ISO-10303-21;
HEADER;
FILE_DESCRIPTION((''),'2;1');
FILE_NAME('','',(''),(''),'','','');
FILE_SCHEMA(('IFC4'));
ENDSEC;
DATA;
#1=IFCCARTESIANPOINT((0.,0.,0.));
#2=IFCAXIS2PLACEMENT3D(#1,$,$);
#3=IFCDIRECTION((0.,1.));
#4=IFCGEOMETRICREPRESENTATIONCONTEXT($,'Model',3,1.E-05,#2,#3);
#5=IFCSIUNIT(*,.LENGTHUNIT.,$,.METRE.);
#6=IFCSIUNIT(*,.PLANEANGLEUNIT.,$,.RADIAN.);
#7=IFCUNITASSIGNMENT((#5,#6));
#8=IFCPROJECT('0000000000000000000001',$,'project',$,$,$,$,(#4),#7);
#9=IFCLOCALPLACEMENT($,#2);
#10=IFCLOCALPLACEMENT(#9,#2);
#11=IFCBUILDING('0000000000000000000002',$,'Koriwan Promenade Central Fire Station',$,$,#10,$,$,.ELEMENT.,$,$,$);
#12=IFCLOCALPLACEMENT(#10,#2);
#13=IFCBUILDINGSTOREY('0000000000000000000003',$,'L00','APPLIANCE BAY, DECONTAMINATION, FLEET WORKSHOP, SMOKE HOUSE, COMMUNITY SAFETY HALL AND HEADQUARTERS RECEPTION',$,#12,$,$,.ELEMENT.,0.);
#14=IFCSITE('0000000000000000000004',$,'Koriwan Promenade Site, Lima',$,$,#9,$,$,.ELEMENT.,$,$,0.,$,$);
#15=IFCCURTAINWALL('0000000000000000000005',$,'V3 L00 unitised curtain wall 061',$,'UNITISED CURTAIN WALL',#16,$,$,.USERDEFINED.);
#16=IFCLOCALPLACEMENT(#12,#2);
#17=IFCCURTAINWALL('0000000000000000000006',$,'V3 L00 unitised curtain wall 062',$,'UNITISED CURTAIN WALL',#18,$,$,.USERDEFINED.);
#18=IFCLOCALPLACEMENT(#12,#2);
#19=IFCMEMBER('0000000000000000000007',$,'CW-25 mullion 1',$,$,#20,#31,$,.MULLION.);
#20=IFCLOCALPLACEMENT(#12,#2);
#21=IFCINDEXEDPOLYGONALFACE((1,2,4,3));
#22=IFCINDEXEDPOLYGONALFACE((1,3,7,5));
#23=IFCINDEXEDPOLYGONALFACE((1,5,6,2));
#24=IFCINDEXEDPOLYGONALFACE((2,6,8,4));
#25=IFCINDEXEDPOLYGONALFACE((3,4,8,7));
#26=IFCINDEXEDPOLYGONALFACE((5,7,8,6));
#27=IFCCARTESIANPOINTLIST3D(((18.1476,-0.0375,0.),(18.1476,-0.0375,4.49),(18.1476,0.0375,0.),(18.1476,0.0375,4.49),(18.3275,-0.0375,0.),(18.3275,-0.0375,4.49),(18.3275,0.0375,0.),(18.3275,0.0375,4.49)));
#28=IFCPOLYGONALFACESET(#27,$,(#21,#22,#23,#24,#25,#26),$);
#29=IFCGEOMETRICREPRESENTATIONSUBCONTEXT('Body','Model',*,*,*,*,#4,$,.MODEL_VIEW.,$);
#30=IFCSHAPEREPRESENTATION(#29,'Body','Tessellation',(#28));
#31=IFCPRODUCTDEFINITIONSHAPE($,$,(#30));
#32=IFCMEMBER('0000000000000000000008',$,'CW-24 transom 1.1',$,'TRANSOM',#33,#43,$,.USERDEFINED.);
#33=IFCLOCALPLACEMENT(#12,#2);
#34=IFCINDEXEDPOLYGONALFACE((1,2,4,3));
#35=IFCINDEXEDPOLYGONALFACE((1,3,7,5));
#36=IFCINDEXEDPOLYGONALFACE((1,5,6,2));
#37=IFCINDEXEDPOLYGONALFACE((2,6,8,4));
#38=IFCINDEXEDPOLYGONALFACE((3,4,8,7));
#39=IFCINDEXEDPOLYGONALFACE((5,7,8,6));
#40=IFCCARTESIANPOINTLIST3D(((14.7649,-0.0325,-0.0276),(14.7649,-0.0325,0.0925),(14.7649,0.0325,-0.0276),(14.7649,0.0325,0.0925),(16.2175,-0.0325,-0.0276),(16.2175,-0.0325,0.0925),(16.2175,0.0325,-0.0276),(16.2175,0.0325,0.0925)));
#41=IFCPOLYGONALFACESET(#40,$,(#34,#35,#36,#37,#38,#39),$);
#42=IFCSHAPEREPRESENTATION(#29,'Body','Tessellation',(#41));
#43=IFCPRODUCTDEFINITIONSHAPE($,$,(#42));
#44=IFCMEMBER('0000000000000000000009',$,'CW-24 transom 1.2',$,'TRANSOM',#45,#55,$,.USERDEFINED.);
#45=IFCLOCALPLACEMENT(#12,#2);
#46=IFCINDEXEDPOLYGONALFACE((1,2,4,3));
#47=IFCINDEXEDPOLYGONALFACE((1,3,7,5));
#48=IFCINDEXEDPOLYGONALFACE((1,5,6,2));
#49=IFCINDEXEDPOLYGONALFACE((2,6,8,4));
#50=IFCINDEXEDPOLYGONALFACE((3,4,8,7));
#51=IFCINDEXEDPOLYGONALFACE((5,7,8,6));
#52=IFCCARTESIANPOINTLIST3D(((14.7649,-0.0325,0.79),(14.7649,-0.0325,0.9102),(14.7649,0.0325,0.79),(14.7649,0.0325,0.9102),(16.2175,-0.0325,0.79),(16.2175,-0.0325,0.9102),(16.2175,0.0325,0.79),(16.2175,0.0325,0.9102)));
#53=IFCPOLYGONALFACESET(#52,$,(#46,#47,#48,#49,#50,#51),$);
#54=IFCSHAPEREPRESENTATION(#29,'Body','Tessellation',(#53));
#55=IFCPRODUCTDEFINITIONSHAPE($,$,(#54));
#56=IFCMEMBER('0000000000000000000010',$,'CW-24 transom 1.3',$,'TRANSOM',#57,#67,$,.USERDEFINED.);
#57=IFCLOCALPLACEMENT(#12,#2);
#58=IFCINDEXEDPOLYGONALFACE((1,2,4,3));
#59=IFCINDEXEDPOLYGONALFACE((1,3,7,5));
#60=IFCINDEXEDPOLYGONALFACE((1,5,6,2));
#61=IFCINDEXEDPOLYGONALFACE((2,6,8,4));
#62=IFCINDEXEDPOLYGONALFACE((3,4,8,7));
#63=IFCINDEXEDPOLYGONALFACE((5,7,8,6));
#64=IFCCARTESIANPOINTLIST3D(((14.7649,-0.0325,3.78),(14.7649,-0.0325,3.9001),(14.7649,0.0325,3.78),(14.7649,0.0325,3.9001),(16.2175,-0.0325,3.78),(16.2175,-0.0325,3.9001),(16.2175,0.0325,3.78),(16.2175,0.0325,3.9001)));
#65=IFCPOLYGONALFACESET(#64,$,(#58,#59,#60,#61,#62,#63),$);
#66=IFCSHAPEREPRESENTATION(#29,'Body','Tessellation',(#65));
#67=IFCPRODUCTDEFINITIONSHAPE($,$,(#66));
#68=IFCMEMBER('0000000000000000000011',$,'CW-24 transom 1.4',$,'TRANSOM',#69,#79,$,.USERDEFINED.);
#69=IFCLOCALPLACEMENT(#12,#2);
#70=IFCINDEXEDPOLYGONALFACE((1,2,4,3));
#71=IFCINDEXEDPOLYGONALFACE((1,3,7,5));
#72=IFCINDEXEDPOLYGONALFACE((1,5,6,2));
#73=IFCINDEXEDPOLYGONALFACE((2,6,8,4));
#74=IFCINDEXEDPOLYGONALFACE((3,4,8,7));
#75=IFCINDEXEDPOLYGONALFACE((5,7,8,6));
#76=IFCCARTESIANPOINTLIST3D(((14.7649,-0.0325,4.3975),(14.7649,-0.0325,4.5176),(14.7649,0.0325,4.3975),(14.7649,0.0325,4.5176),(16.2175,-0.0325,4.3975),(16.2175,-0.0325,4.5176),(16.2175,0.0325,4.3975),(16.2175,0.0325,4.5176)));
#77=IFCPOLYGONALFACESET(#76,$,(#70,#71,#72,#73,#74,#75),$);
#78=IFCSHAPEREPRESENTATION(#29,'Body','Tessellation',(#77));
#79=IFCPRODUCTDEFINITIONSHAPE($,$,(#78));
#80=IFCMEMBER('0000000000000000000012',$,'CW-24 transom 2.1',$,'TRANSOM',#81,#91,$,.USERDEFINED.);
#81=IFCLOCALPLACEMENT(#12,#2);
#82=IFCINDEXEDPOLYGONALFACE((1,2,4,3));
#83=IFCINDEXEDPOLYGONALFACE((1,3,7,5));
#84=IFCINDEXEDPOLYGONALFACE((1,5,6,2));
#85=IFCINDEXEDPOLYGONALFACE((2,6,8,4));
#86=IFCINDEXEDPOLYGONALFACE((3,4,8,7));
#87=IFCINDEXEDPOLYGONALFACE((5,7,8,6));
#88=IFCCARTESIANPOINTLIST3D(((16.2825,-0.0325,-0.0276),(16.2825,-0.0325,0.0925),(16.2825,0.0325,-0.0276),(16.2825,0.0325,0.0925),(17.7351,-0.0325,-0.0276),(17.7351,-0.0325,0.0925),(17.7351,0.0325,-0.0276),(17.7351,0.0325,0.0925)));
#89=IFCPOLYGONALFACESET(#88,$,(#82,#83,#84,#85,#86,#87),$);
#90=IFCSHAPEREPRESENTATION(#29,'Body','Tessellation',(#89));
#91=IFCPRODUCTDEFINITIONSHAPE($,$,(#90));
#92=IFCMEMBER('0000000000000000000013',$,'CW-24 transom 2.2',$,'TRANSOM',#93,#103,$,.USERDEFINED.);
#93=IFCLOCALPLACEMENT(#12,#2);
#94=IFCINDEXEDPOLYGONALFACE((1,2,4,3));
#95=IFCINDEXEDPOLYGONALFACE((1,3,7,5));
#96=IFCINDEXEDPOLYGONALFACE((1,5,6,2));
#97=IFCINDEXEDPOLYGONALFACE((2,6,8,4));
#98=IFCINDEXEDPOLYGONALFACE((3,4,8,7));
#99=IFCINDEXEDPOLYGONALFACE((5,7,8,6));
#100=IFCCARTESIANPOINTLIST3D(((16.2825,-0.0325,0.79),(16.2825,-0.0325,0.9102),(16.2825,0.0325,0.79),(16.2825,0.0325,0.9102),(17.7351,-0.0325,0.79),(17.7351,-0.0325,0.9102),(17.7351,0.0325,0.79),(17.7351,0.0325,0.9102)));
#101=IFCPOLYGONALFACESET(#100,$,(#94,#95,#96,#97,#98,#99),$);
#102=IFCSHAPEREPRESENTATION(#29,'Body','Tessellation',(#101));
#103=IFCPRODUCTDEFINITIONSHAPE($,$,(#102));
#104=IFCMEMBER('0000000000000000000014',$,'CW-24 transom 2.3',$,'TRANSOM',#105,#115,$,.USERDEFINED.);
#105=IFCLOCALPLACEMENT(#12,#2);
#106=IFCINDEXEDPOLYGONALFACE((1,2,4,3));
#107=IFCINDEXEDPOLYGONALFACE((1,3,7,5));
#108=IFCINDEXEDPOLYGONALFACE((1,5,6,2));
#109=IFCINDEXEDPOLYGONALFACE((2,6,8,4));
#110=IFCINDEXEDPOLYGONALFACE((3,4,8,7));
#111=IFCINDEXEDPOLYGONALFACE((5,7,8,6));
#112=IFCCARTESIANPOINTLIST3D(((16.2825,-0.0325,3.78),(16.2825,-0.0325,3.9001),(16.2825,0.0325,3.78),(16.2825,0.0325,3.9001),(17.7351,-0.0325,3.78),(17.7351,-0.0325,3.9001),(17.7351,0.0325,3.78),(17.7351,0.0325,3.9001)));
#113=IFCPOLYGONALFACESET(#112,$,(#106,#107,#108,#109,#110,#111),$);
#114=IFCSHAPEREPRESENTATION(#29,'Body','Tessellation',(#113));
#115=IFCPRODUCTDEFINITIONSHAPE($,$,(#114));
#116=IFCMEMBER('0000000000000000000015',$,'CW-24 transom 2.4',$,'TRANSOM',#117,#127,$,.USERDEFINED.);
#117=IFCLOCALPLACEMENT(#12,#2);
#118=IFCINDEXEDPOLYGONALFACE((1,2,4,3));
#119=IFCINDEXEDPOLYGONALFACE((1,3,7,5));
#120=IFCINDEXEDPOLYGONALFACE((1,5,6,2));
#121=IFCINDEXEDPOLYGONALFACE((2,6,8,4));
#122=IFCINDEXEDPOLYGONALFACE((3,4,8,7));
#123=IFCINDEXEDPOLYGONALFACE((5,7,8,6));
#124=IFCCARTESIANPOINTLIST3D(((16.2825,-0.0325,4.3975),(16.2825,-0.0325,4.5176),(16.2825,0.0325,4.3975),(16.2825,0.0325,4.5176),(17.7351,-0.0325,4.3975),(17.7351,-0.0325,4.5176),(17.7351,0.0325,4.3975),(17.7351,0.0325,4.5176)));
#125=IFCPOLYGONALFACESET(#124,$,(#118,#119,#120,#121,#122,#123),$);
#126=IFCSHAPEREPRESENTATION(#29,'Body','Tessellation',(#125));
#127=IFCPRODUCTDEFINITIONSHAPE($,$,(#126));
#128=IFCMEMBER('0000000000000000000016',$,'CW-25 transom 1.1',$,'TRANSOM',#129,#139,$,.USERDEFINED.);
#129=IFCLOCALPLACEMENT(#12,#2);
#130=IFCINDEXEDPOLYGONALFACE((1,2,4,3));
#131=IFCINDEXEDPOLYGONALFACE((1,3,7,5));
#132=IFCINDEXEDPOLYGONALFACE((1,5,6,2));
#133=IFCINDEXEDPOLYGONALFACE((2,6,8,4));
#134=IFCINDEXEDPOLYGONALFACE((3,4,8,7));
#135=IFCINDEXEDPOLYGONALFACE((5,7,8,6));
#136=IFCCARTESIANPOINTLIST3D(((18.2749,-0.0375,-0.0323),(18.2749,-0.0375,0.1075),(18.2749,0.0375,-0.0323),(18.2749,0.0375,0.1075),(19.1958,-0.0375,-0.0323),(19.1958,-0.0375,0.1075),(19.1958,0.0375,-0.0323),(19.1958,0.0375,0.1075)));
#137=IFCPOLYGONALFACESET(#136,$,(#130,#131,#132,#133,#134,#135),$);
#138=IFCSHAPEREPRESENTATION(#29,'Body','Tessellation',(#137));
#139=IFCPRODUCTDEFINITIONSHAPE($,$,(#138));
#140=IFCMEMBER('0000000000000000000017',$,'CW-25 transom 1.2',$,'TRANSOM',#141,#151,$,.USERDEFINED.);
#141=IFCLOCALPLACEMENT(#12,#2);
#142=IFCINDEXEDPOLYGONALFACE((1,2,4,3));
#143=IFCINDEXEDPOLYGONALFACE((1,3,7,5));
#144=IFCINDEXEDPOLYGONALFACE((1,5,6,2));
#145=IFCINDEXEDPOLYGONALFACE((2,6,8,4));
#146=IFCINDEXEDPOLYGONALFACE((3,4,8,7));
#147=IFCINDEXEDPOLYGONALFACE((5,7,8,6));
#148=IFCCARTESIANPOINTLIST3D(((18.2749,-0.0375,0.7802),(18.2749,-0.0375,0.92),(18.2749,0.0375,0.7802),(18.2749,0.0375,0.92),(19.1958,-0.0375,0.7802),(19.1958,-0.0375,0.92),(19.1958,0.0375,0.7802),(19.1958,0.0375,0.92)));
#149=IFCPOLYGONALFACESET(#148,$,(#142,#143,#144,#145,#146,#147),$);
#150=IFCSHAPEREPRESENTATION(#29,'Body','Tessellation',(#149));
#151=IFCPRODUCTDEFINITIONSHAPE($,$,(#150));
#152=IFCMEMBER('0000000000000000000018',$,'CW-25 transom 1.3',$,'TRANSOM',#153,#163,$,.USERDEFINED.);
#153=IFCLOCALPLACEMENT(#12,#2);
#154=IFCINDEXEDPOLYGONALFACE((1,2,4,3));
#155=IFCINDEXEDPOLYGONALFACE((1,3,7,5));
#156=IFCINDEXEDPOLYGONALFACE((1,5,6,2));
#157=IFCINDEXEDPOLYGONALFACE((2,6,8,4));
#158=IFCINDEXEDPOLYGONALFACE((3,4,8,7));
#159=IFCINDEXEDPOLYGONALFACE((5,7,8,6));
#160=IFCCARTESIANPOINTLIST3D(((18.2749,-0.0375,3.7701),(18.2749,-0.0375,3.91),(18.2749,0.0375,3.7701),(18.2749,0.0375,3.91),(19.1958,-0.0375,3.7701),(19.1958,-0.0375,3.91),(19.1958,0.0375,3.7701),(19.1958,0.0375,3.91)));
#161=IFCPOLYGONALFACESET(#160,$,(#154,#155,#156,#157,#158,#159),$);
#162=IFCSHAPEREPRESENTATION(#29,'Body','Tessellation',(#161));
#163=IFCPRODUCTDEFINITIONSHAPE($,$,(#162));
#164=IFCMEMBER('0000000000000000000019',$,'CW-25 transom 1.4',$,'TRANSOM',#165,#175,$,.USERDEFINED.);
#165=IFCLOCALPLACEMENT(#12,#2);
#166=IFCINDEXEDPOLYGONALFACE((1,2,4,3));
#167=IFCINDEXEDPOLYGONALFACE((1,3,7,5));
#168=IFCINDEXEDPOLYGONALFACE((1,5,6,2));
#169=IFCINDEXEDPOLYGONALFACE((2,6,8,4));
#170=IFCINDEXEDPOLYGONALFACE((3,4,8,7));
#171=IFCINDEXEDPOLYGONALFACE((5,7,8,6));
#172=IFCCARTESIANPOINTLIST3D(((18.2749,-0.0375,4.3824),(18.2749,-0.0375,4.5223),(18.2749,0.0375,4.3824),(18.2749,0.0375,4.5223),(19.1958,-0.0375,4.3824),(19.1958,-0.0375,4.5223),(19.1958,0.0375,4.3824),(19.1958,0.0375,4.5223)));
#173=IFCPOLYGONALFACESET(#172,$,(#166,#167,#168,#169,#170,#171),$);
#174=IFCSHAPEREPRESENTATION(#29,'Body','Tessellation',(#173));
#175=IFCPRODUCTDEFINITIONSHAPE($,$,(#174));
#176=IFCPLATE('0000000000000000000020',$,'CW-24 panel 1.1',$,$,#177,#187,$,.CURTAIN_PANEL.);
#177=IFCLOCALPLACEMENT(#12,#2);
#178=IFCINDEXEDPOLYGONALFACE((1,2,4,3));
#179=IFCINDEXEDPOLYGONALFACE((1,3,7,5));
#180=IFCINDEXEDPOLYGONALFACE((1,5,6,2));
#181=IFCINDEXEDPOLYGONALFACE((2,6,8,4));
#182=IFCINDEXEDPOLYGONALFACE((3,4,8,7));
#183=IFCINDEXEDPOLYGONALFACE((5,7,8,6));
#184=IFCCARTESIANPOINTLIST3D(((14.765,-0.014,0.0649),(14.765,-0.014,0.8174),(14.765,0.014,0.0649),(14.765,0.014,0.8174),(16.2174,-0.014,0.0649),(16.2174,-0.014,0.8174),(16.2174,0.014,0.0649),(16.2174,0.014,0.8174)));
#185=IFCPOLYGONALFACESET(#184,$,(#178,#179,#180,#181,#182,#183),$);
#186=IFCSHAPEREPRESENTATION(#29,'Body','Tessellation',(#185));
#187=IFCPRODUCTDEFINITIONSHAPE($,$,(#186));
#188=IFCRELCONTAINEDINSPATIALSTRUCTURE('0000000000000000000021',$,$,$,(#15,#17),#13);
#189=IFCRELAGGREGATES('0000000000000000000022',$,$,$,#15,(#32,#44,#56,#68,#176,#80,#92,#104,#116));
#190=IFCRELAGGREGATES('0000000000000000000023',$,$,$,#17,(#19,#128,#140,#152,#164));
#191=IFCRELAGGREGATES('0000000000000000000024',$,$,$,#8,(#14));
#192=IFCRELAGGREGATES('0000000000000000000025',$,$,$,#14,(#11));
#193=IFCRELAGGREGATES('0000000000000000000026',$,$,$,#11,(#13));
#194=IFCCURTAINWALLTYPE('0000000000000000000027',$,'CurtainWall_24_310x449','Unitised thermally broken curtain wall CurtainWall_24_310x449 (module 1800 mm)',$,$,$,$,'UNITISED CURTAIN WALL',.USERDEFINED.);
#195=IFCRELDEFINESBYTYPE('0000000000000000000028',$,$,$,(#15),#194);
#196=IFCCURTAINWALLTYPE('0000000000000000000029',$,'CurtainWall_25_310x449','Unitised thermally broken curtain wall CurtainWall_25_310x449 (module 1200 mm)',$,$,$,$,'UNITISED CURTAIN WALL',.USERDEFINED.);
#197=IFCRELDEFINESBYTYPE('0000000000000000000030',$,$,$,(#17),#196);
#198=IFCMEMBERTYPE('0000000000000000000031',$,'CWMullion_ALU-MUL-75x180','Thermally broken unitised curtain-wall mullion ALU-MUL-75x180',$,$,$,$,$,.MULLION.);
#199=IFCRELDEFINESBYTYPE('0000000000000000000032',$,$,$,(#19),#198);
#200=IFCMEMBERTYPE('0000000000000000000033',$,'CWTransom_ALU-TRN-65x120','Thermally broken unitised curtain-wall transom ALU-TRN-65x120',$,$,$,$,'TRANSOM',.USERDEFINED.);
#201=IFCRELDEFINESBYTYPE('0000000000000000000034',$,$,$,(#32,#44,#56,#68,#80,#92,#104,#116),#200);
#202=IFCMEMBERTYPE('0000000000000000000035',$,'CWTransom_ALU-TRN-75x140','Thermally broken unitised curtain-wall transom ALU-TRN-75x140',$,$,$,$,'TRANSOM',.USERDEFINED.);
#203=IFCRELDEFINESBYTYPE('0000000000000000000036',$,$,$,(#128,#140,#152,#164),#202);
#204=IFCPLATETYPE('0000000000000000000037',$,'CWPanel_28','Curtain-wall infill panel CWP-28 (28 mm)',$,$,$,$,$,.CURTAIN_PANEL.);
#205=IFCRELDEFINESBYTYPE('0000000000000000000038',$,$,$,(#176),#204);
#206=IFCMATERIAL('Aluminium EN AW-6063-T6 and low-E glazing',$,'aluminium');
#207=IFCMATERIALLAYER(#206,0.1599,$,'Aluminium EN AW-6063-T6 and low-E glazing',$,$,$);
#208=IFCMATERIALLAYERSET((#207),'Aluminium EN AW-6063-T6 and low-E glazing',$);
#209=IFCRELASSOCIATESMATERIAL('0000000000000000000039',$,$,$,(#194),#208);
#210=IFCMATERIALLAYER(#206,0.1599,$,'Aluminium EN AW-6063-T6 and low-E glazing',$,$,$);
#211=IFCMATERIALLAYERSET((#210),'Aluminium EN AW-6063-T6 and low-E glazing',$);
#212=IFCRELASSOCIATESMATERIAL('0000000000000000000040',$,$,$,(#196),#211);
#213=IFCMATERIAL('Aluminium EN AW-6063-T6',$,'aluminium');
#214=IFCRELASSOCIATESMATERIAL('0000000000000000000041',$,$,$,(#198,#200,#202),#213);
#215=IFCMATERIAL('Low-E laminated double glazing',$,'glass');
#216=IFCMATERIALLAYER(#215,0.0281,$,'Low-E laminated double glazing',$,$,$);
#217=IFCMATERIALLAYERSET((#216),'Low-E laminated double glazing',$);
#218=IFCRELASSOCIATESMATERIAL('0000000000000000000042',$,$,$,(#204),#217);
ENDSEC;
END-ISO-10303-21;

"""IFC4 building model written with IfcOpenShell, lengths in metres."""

from ifc_helpers import new_model, si_unit, direction, frame, origin, origin_2d, place, context, subcontext, project, spatial, rectangle, extrude, material, layer, layer_set, material_profile, profile_set, type_object, element, aggregate, save


model = new_model("IFC4")

# Units and contexts
model_context = context("Model", 3, precision=1e-05, world=origin(), true_north=direction((0.0, 1.0)))
body_context = subcontext(model_context, "Body", "Model", "MODEL_VIEW")
ifc_project = project(units=[si_unit("LENGTHUNIT", "METRE"), si_unit("PLANEANGLEUNIT", "RADIAN")], contexts=[model_context])

# Site, building, storey
site_placement = place(None, origin())
site = spatial("IfcSite", under=ifc_project, at=site_placement, Name="Koriwan Promenade Site, Lima", CompositionType="ELEMENT", RefElevation=0.0)
building_placement = place(site_placement, origin())
building = spatial("IfcBuilding", under=site, at=building_placement, Name="Koriwan Promenade Central Fire Station", CompositionType="ELEMENT")
storey_placement = place(building_placement, origin())
storey = spatial("IfcBuildingStorey", under=building, at=storey_placement, Name="L00", Description="APPLIANCE BAY, DECONTAMINATION, FLEET WORKSHOP, SMOKE HOUSE, COMMUNITY SAFETY HALL AND HEADQUARTERS RECEPTION", CompositionType="ELEMENT", Elevation=0.0)

# Curtain wall
ifc_material_1 = material(Name="Aluminium EN AW-6063-T6 and low-E glazing", Category="aluminium")
ifc_layer_1 = layer(ifc_material_1, 0.1599, Name="Aluminium EN AW-6063-T6 and low-E glazing")
ifc_layer_set_1 = layer_set([ifc_layer_1], Name="Aluminium EN AW-6063-T6 and low-E glazing")
curtain_wall_type_1 = type_object("IfcCurtainWallType", Name="CurtainWall_24_310x449", Description="Unitised thermally broken curtain wall CurtainWall_24_310x449 (module 1800 mm)", ElementType="UNITISED CURTAIN WALL", PredefinedType="USERDEFINED", material=ifc_layer_set_1)
curtain_wall_1_placement = place(storey_placement, origin())
curtain_wall_1 = element("IfcCurtainWall", 1, at=curtain_wall_1_placement, inside=storey, type_object=curtain_wall_type_1, Name="V3 L00 unitised curtain wall 061", ObjectType="UNITISED CURTAIN WALL", PredefinedType="USERDEFINED")
ifc_material_2 = material(Name="Aluminium EN AW-6063-T6", Category="aluminium")

# Curtain wall, member
ifc_layer_2 = layer(ifc_material_1, 0.1599, Name="Aluminium EN AW-6063-T6 and low-E glazing")
ifc_layer_set_2 = layer_set([ifc_layer_2], Name="Aluminium EN AW-6063-T6 and low-E glazing")
curtain_wall_type_2 = type_object("IfcCurtainWallType", Name="CurtainWall_25_310x449", Description="Unitised thermally broken curtain wall CurtainWall_25_310x449 (module 1200 mm)", ElementType="UNITISED CURTAIN WALL", PredefinedType="USERDEFINED", material=ifc_layer_set_2)
curtain_wall_2_placement = place(storey_placement, origin())
curtain_wall_2 = element("IfcCurtainWall", 2, at=curtain_wall_2_placement, inside=storey, type_object=curtain_wall_type_2, Name="V3 L00 unitised curtain wall 062", ObjectType="UNITISED CURTAIN WALL", PredefinedType="USERDEFINED")
ifc_material_profile_1 = material_profile(ifc_material_2, rectangle(XDim=0.075, YDim=0.1799, at=origin_2d()), Name="ALU-MUL-75x180")
ifc_profile_set_1 = profile_set([ifc_material_profile_1], Name="Aluminium EN AW-6063-T6")
member_type_1 = type_object("IfcMemberType", Name="CWMullion_ALU-MUL-75x180", Description="Thermally broken unitised curtain-wall mullion ALU-MUL-75x180", PredefinedType="MULLION", material=ifc_profile_set_1)
member_1_placement = place(storey_placement, frame((18.2375, 0.0, 0.0), z_axis=(0.0, 0.0, 1.0), x_axis=(0.0, 1.0, 0.0)))
member_1 = element("IfcMember", 3, at=member_1_placement, type_object=member_type_1, Name="CW-25 mullion 1", PredefinedType="MULLION", context=body_context, shape_type="SweptSolid", body=[
    extrude(rectangle(XDim=0.075, YDim=0.1799, at=origin_2d()), origin(), (0.0, 0.0, 1.0), 4.49),
])

# Members
ifc_material_profile_2 = material_profile(ifc_material_2, rectangle(XDim=0.0649, YDim=0.1201, at=origin_2d()), Name="ALU-TRN-65x120")
ifc_profile_set_2 = profile_set([ifc_material_profile_2], Name="Aluminium EN AW-6063-T6")
member_type_2 = type_object("IfcMemberType", Name="CWTransom_ALU-TRN-65x120", Description="Thermally broken unitised curtain-wall transom ALU-TRN-65x120", ElementType="TRANSOM", PredefinedType="USERDEFINED", material=ifc_profile_set_2)
member_2_placement = place(storey_placement, frame((14.7649, 0.0, 0.0325), z_axis=(1.0, 0.0, 0.0), x_axis=(0.0, 1.0, 0.0)))
member_2 = element("IfcMember", 4, at=member_2_placement, type_object=member_type_2, Name="CW-24 transom 1.1", ObjectType="TRANSOM", PredefinedType="USERDEFINED", context=body_context, shape_type="SweptSolid", body=[
    extrude(rectangle(XDim=0.0649, YDim=0.1201, at=origin_2d()), origin(), (0.0, 0.0, 1.0), 1.4526),
])
member_3_placement = place(storey_placement, frame((14.7649, 0.0, 0.8501), z_axis=(1.0, 0.0, 0.0), x_axis=(0.0, 1.0, 0.0)))
member_3 = element("IfcMember", 5, at=member_3_placement, type_object=member_type_2, Name="CW-24 transom 1.2", ObjectType="TRANSOM", PredefinedType="USERDEFINED", context=body_context, shape_type="SweptSolid", body=[
    extrude(rectangle(XDim=0.0649, YDim=0.1201, at=origin_2d()), origin(), (0.0, 0.0, 1.0), 1.4526),
])
member_4_placement = place(storey_placement, frame((14.7649, 0.0, 3.8401), z_axis=(1.0, 0.0, 0.0), x_axis=(0.0, 1.0, 0.0)))
member_4 = element("IfcMember", 6, at=member_4_placement, type_object=member_type_2, Name="CW-24 transom 1.3", ObjectType="TRANSOM", PredefinedType="USERDEFINED", context=body_context, shape_type="SweptSolid", body=[
    extrude(rectangle(XDim=0.0649, YDim=0.1201, at=origin_2d()), origin(), (0.0, 0.0, 1.0), 1.4526),
])
member_5_placement = place(storey_placement, frame((14.7649, 0.0, 4.4575), z_axis=(1.0, 0.0, 0.0), x_axis=(0.0, 1.0, 0.0)))
member_5 = element("IfcMember", 7, at=member_5_placement, type_object=member_type_2, Name="CW-24 transom 1.4", ObjectType="TRANSOM", PredefinedType="USERDEFINED", context=body_context, shape_type="SweptSolid", body=[
    extrude(rectangle(XDim=0.0649, YDim=0.1201, at=origin_2d()), origin(), (0.0, 0.0, 1.0), 1.4526),
])
member_6_placement = place(storey_placement, frame((16.2825, 0.0, 0.0325), z_axis=(1.0, 0.0, 0.0), x_axis=(0.0, 1.0, 0.0)))
member_6 = element("IfcMember", 8, at=member_6_placement, type_object=member_type_2, Name="CW-24 transom 2.1", ObjectType="TRANSOM", PredefinedType="USERDEFINED", context=body_context, shape_type="SweptSolid", body=[
    extrude(rectangle(XDim=0.0649, YDim=0.1201, at=origin_2d()), origin(), (0.0, 0.0, 1.0), 1.4526),
])
member_7_placement = place(storey_placement, frame((16.2825, 0.0, 0.8501), z_axis=(1.0, 0.0, 0.0), x_axis=(0.0, 1.0, 0.0)))
member_7 = element("IfcMember", 9, at=member_7_placement, type_object=member_type_2, Name="CW-24 transom 2.2", ObjectType="TRANSOM", PredefinedType="USERDEFINED", context=body_context, shape_type="SweptSolid", body=[
    extrude(rectangle(XDim=0.0649, YDim=0.1201, at=origin_2d()), origin(), (0.0, 0.0, 1.0), 1.4526),
])
member_8_placement = place(storey_placement, frame((16.2825, 0.0, 3.8401), z_axis=(1.0, 0.0, 0.0), x_axis=(0.0, 1.0, 0.0)))
member_8 = element("IfcMember", 10, at=member_8_placement, type_object=member_type_2, Name="CW-24 transom 2.3", ObjectType="TRANSOM", PredefinedType="USERDEFINED", context=body_context, shape_type="SweptSolid", body=[
    extrude(rectangle(XDim=0.0649, YDim=0.1201, at=origin_2d()), origin(), (0.0, 0.0, 1.0), 1.4526),
])
member_9_placement = place(storey_placement, frame((16.2825, 0.0, 4.4575), z_axis=(1.0, 0.0, 0.0), x_axis=(0.0, 1.0, 0.0)))
member_9 = element("IfcMember", 11, at=member_9_placement, type_object=member_type_2, Name="CW-24 transom 2.4", ObjectType="TRANSOM", PredefinedType="USERDEFINED", context=body_context, shape_type="SweptSolid", body=[
    extrude(rectangle(XDim=0.0649, YDim=0.1201, at=origin_2d()), origin(), (0.0, 0.0, 1.0), 1.4526),
])
ifc_material_profile_3 = material_profile(ifc_material_2, rectangle(XDim=0.075, YDim=0.1399, at=origin_2d()), Name="ALU-TRN-75x140")
ifc_profile_set_3 = profile_set([ifc_material_profile_3], Name="Aluminium EN AW-6063-T6")
member_type_3 = type_object("IfcMemberType", Name="CWTransom_ALU-TRN-75x140", Description="Thermally broken unitised curtain-wall transom ALU-TRN-75x140", ElementType="TRANSOM", PredefinedType="USERDEFINED", material=ifc_profile_set_3)
member_10_placement = place(storey_placement, frame((18.2749, 0.0, 0.0376), z_axis=(1.0, 0.0, 0.0), x_axis=(0.0, 1.0, 0.0)))
member_10 = element("IfcMember", 12, at=member_10_placement, type_object=member_type_3, Name="CW-25 transom 1.1", ObjectType="TRANSOM", PredefinedType="USERDEFINED", context=body_context, shape_type="SweptSolid", body=[
    extrude(rectangle(XDim=0.075, YDim=0.1399, at=origin_2d()), origin(), (0.0, 0.0, 1.0), 0.9209),
])
member_11_placement = place(storey_placement, frame((18.2749, 0.0, 0.8501), z_axis=(1.0, 0.0, 0.0), x_axis=(0.0, 1.0, 0.0)))
member_11 = element("IfcMember", 13, at=member_11_placement, type_object=member_type_3, Name="CW-25 transom 1.2", ObjectType="TRANSOM", PredefinedType="USERDEFINED", context=body_context, shape_type="SweptSolid", body=[
    extrude(rectangle(XDim=0.075, YDim=0.1399, at=origin_2d()), origin(), (0.0, 0.0, 1.0), 0.9209),
])
member_12_placement = place(storey_placement, frame((18.2749, 0.0, 3.8401), z_axis=(1.0, 0.0, 0.0), x_axis=(0.0, 1.0, 0.0)))
member_12 = element("IfcMember", 14, at=member_12_placement, type_object=member_type_3, Name="CW-25 transom 1.3", ObjectType="TRANSOM", PredefinedType="USERDEFINED", context=body_context, shape_type="SweptSolid", body=[
    extrude(rectangle(XDim=0.075, YDim=0.1399, at=origin_2d()), origin(), (0.0, 0.0, 1.0), 0.9209),
])
member_13_placement = place(storey_placement, frame((18.2749, 0.0, 4.4524), z_axis=(1.0, 0.0, 0.0), x_axis=(0.0, 1.0, 0.0)))
member_13 = element("IfcMember", 15, at=member_13_placement, type_object=member_type_3, Name="CW-25 transom 1.4", ObjectType="TRANSOM", PredefinedType="USERDEFINED", context=body_context, shape_type="SweptSolid", body=[
    extrude(rectangle(XDim=0.075, YDim=0.1399, at=origin_2d()), origin(), (0.0, 0.0, 1.0), 0.9209),
])

# Plate
ifc_material_3 = material(Name="Low-E laminated double glazing", Category="glass")
ifc_layer_3 = layer(ifc_material_3, 0.0281, Name="Low-E laminated double glazing")
ifc_layer_set_3 = layer_set([ifc_layer_3], Name="Low-E laminated double glazing")
plate_type_1 = type_object("IfcPlateType", Name="CWPanel_28", Description="Curtain-wall infill panel CWP-28 (28 mm)", PredefinedType="CURTAIN_PANEL", material=ifc_layer_set_3)
plate_1_placement = place(storey_placement, frame((15.4912, 0.0, 0.0649), z_axis=(0.0, 0.0, 1.0), x_axis=(1.0, 0.0, 0.0)))
plate_1 = element("IfcPlate", 16, at=plate_1_placement, type_object=plate_type_1, Name="CW-24 panel 1.1", PredefinedType="CURTAIN_PANEL", context=body_context, shape_type="SweptSolid", body=[
    extrude(rectangle(XDim=1.4524, YDim=0.0281, at=origin_2d()), origin(), (0.0, 0.0, 1.0), 0.7524),
])
aggregate(curtain_wall_1, [member_2, member_3, member_4, member_5, plate_1, member_6, member_7, member_8, member_9])
aggregate(curtain_wall_2, [member_1, member_10, member_11, member_12, member_13])

save(model, "model.ifc")
